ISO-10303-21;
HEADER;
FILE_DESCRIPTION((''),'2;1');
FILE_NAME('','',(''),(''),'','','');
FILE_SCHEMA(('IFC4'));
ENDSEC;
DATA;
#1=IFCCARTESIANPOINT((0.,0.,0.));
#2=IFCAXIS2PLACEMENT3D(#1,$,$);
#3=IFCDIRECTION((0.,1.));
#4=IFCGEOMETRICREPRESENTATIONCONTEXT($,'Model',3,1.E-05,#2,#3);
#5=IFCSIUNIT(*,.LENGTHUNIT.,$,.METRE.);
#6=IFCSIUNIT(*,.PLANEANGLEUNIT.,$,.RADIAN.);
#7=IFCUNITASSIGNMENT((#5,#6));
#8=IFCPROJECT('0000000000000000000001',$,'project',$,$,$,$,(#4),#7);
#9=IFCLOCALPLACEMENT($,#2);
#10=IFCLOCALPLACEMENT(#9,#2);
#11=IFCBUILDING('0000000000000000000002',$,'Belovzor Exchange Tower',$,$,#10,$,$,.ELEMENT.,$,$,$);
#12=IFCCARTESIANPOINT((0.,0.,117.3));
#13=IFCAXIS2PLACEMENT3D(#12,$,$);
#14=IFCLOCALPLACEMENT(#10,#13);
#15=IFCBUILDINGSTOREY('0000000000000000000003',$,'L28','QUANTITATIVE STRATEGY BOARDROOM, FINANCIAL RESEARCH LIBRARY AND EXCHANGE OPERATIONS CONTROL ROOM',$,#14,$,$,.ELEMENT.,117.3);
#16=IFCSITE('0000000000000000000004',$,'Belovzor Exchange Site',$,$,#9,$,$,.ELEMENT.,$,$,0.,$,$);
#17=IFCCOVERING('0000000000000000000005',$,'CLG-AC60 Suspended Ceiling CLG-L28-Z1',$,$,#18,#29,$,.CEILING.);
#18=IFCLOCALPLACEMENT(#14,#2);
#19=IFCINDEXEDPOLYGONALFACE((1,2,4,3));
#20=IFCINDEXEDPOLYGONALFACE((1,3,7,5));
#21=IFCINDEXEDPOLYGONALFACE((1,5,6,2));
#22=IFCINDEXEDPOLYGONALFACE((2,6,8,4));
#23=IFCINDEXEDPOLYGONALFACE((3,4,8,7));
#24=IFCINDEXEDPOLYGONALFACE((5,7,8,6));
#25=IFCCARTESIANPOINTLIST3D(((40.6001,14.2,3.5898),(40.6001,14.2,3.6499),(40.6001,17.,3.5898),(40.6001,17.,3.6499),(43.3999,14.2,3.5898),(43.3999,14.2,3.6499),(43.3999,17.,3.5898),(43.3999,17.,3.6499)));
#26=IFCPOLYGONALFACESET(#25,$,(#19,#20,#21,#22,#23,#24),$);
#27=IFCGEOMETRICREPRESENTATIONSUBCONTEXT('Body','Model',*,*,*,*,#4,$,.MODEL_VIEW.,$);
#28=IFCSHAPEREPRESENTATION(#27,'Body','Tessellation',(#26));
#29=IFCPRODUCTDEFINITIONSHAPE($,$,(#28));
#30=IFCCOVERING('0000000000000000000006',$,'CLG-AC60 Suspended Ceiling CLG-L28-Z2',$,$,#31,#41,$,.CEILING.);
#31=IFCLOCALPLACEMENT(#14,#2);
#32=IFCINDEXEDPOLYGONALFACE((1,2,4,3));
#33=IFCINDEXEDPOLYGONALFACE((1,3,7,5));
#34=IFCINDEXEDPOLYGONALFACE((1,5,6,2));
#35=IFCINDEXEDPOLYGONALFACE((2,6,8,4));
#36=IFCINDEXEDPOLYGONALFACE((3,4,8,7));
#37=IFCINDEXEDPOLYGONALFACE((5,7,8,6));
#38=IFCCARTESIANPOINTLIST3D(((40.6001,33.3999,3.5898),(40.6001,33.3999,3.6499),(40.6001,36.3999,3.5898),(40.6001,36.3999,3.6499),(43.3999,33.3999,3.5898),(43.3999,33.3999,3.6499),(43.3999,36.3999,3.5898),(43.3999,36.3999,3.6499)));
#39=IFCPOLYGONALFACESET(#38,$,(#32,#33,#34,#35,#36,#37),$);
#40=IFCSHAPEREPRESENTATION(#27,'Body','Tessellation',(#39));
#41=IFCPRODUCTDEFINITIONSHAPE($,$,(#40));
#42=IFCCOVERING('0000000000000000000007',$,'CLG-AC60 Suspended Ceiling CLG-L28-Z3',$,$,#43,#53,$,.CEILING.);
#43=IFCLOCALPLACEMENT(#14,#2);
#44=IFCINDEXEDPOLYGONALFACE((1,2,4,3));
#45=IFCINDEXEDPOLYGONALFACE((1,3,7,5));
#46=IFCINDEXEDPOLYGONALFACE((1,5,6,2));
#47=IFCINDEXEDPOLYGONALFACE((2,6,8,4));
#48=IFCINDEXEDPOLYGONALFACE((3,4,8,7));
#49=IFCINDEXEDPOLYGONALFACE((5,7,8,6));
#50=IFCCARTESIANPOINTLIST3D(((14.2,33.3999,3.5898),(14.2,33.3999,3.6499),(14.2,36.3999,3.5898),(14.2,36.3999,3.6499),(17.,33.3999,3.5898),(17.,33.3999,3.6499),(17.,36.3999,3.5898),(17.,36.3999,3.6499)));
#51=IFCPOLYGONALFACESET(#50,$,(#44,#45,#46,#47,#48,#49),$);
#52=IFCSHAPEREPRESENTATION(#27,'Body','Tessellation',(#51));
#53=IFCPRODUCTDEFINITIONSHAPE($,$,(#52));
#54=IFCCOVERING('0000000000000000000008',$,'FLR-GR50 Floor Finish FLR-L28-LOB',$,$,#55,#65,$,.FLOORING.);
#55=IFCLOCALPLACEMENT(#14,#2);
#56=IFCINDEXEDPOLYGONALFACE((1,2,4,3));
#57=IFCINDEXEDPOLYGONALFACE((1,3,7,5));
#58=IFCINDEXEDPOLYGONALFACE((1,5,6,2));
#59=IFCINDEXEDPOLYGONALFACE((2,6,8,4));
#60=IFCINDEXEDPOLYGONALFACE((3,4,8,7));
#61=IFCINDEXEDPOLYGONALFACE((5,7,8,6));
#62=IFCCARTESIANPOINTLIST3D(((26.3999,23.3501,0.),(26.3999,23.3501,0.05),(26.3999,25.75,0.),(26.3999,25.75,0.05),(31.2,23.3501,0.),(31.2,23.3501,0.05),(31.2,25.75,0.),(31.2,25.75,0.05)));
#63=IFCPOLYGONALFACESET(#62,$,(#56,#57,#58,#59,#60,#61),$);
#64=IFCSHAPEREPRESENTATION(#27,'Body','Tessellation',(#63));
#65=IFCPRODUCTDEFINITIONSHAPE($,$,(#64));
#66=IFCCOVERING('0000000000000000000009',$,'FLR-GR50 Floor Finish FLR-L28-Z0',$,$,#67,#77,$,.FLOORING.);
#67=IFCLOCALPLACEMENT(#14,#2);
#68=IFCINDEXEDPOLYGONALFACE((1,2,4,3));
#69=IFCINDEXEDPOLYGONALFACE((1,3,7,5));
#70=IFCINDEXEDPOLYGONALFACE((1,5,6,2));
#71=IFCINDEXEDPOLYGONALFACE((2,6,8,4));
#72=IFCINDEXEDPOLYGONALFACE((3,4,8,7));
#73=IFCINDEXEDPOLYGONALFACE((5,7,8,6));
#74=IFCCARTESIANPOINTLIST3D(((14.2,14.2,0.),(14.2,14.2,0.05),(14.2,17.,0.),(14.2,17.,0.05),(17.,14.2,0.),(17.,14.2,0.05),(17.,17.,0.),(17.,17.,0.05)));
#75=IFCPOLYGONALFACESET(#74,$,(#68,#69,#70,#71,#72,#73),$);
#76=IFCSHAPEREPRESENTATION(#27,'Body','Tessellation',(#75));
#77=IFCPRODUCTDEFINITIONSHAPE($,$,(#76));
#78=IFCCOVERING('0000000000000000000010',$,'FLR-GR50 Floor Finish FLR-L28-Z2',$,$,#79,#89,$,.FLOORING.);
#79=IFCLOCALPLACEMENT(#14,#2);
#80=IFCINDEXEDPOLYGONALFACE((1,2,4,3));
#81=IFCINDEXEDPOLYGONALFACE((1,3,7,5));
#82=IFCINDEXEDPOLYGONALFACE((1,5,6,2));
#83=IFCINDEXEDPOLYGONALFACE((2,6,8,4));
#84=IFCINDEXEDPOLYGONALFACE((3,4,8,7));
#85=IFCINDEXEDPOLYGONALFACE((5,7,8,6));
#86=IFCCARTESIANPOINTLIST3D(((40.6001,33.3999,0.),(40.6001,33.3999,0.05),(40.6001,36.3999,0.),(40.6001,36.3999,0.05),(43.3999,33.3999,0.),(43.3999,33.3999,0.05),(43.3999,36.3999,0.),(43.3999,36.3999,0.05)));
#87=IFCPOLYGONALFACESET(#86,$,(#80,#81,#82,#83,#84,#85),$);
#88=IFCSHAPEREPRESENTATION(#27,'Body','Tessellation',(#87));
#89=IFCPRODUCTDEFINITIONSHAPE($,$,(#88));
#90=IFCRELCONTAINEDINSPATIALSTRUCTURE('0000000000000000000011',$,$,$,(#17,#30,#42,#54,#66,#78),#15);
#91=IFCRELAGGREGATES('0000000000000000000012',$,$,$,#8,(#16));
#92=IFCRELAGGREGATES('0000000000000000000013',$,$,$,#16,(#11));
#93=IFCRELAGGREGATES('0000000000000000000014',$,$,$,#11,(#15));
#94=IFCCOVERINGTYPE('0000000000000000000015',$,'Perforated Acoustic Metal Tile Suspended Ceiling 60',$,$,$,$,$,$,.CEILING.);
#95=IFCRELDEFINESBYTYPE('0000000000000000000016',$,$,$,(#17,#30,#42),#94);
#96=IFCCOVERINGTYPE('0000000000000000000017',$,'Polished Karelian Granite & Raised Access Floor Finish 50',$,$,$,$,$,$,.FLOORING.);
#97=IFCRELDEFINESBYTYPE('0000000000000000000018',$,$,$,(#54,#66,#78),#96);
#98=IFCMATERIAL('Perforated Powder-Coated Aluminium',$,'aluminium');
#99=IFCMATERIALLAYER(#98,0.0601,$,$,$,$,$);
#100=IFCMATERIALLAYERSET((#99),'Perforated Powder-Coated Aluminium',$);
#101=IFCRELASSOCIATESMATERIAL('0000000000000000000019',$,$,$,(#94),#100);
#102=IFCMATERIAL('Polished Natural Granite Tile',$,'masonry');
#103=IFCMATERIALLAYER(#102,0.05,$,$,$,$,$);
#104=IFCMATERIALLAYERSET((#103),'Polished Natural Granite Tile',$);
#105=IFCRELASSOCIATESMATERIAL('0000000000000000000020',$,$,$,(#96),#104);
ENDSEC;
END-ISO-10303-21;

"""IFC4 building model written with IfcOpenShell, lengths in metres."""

from ifc_helpers import new_model, si_unit, direction, frame, origin, place, context, subcontext, project, spatial, polyline, outline, extrude, material, layer, layer_set, type_object, element, save


model = new_model("IFC4")

# Units and contexts
model_context = context("Model", 3, precision=1e-05, world=origin(), true_north=direction((0.0, 1.0)))
body_context = subcontext(model_context, "Body", "Model", "MODEL_VIEW")
ifc_project = project(units=[si_unit("LENGTHUNIT", "METRE"), si_unit("PLANEANGLEUNIT", "RADIAN")], contexts=[model_context])

# Site, building, storey
site_placement = place(None, origin())
site = spatial("IfcSite", under=ifc_project, at=site_placement, Name="Belovzor Exchange Site", CompositionType="ELEMENT", RefElevation=0.0)
building_placement = place(site_placement, origin())
building = spatial("IfcBuilding", under=site, at=building_placement, Name="Belovzor Exchange Tower", CompositionType="ELEMENT")
storey_placement = place(building_placement, frame((0.0, 0.0, 117.3)))
storey = spatial("IfcBuildingStorey", under=building, at=storey_placement, Name="L28", Description="QUANTITATIVE STRATEGY BOARDROOM, FINANCIAL RESEARCH LIBRARY AND EXCHANGE OPERATIONS CONTROL ROOM", CompositionType="ELEMENT", Elevation=117.3)

# Coverings
ifc_material_1 = material(Name="Perforated Powder-Coated Aluminium", Category="aluminium")
ifc_layer_1 = layer(ifc_material_1, 0.0601)
ifc_layer_set_1 = layer_set([ifc_layer_1], Name="Perforated Powder-Coated Aluminium")
covering_type_1 = type_object("IfcCoveringType", Name="Perforated Acoustic Metal Tile Suspended Ceiling 60", PredefinedType="CEILING", material=ifc_layer_set_1)
covering_1_placement = place(storey_placement, frame((0.0, 0.0, 3.5898)))
element("IfcCovering", 1, at=covering_1_placement, inside=storey, type_object=covering_type_1, Name="CLG-AC60 Suspended Ceiling CLG-L28-Z1", PredefinedType="CEILING", context=body_context, shape_type="SweptSolid", body=[
    extrude(outline(polyline([(40.6001, 14.2), (43.3999, 14.2), (43.3999, 17.0), (40.6001, 17.0), (40.6001, 14.2)])), origin(), (0.0, 0.0, 1.0), 0.0601),
])
covering_2_placement = place(storey_placement, frame((0.0, 0.0, 3.5898)))
element("IfcCovering", 2, at=covering_2_placement, inside=storey, type_object=covering_type_1, Name="CLG-AC60 Suspended Ceiling CLG-L28-Z2", PredefinedType="CEILING", context=body_context, shape_type="SweptSolid", body=[
    extrude(outline(polyline([(40.6001, 33.3999), (43.3999, 33.3999), (43.3999, 36.3999), (40.6001, 36.3999), (40.6001, 33.3999)])), origin(), (0.0, 0.0, 1.0), 0.0601),
])
covering_3_placement = place(storey_placement, frame((0.0, 0.0, 3.5898)))
element("IfcCovering", 3, at=covering_3_placement, inside=storey, type_object=covering_type_1, Name="CLG-AC60 Suspended Ceiling CLG-L28-Z3", PredefinedType="CEILING", context=body_context, shape_type="SweptSolid", body=[
    extrude(outline(polyline([(14.2, 33.3999), (17.0, 33.3999), (17.0, 36.3999), (14.2, 36.3999), (14.2, 33.3999)])), origin(), (0.0, 0.0, 1.0), 0.0601),
])
ifc_material_2 = material(Name="Polished Natural Granite Tile", Category="masonry")
ifc_layer_2 = layer(ifc_material_2, 0.05)
ifc_layer_set_2 = layer_set([ifc_layer_2], Name="Polished Natural Granite Tile")
covering_type_2 = type_object("IfcCoveringType", Name="Polished Karelian Granite & Raised Access Floor Finish 50", PredefinedType="FLOORING", material=ifc_layer_set_2)
covering_4_placement = place(storey_placement, origin())
element("IfcCovering", 4, at=covering_4_placement, inside=storey, type_object=covering_type_2, Name="FLR-GR50 Floor Finish FLR-L28-LOB", PredefinedType="FLOORING", context=body_context, shape_type="SweptSolid", body=[
    extrude(outline(polyline([(26.3999, 23.3501), (31.2, 23.3501), (31.2, 25.75), (26.3999, 25.75), (26.3999, 23.3501)])), origin(), (0.0, 0.0, 1.0), 0.05),
])
covering_5_placement = place(storey_placement, origin())
element("IfcCovering", 5, at=covering_5_placement, inside=storey, type_object=covering_type_2, Name="FLR-GR50 Floor Finish FLR-L28-Z0", PredefinedType="FLOORING", context=body_context, shape_type="SweptSolid", body=[
    extrude(outline(polyline([(14.2, 14.2), (17.0, 14.2), (17.0, 17.0), (14.2, 17.0), (14.2, 14.2)])), origin(), (0.0, 0.0, 1.0), 0.05),
])
covering_6_placement = place(storey_placement, origin())
element("IfcCovering", 6, at=covering_6_placement, inside=storey, type_object=covering_type_2, Name="FLR-GR50 Floor Finish FLR-L28-Z2", PredefinedType="FLOORING", context=body_context, shape_type="SweptSolid", body=[
    extrude(outline(polyline([(40.6001, 33.3999), (43.3999, 33.3999), (43.3999, 36.3999), (40.6001, 36.3999), (40.6001, 33.3999)])), origin(), (0.0, 0.0, 1.0), 0.05),
])

save(model, "model.ifc")
